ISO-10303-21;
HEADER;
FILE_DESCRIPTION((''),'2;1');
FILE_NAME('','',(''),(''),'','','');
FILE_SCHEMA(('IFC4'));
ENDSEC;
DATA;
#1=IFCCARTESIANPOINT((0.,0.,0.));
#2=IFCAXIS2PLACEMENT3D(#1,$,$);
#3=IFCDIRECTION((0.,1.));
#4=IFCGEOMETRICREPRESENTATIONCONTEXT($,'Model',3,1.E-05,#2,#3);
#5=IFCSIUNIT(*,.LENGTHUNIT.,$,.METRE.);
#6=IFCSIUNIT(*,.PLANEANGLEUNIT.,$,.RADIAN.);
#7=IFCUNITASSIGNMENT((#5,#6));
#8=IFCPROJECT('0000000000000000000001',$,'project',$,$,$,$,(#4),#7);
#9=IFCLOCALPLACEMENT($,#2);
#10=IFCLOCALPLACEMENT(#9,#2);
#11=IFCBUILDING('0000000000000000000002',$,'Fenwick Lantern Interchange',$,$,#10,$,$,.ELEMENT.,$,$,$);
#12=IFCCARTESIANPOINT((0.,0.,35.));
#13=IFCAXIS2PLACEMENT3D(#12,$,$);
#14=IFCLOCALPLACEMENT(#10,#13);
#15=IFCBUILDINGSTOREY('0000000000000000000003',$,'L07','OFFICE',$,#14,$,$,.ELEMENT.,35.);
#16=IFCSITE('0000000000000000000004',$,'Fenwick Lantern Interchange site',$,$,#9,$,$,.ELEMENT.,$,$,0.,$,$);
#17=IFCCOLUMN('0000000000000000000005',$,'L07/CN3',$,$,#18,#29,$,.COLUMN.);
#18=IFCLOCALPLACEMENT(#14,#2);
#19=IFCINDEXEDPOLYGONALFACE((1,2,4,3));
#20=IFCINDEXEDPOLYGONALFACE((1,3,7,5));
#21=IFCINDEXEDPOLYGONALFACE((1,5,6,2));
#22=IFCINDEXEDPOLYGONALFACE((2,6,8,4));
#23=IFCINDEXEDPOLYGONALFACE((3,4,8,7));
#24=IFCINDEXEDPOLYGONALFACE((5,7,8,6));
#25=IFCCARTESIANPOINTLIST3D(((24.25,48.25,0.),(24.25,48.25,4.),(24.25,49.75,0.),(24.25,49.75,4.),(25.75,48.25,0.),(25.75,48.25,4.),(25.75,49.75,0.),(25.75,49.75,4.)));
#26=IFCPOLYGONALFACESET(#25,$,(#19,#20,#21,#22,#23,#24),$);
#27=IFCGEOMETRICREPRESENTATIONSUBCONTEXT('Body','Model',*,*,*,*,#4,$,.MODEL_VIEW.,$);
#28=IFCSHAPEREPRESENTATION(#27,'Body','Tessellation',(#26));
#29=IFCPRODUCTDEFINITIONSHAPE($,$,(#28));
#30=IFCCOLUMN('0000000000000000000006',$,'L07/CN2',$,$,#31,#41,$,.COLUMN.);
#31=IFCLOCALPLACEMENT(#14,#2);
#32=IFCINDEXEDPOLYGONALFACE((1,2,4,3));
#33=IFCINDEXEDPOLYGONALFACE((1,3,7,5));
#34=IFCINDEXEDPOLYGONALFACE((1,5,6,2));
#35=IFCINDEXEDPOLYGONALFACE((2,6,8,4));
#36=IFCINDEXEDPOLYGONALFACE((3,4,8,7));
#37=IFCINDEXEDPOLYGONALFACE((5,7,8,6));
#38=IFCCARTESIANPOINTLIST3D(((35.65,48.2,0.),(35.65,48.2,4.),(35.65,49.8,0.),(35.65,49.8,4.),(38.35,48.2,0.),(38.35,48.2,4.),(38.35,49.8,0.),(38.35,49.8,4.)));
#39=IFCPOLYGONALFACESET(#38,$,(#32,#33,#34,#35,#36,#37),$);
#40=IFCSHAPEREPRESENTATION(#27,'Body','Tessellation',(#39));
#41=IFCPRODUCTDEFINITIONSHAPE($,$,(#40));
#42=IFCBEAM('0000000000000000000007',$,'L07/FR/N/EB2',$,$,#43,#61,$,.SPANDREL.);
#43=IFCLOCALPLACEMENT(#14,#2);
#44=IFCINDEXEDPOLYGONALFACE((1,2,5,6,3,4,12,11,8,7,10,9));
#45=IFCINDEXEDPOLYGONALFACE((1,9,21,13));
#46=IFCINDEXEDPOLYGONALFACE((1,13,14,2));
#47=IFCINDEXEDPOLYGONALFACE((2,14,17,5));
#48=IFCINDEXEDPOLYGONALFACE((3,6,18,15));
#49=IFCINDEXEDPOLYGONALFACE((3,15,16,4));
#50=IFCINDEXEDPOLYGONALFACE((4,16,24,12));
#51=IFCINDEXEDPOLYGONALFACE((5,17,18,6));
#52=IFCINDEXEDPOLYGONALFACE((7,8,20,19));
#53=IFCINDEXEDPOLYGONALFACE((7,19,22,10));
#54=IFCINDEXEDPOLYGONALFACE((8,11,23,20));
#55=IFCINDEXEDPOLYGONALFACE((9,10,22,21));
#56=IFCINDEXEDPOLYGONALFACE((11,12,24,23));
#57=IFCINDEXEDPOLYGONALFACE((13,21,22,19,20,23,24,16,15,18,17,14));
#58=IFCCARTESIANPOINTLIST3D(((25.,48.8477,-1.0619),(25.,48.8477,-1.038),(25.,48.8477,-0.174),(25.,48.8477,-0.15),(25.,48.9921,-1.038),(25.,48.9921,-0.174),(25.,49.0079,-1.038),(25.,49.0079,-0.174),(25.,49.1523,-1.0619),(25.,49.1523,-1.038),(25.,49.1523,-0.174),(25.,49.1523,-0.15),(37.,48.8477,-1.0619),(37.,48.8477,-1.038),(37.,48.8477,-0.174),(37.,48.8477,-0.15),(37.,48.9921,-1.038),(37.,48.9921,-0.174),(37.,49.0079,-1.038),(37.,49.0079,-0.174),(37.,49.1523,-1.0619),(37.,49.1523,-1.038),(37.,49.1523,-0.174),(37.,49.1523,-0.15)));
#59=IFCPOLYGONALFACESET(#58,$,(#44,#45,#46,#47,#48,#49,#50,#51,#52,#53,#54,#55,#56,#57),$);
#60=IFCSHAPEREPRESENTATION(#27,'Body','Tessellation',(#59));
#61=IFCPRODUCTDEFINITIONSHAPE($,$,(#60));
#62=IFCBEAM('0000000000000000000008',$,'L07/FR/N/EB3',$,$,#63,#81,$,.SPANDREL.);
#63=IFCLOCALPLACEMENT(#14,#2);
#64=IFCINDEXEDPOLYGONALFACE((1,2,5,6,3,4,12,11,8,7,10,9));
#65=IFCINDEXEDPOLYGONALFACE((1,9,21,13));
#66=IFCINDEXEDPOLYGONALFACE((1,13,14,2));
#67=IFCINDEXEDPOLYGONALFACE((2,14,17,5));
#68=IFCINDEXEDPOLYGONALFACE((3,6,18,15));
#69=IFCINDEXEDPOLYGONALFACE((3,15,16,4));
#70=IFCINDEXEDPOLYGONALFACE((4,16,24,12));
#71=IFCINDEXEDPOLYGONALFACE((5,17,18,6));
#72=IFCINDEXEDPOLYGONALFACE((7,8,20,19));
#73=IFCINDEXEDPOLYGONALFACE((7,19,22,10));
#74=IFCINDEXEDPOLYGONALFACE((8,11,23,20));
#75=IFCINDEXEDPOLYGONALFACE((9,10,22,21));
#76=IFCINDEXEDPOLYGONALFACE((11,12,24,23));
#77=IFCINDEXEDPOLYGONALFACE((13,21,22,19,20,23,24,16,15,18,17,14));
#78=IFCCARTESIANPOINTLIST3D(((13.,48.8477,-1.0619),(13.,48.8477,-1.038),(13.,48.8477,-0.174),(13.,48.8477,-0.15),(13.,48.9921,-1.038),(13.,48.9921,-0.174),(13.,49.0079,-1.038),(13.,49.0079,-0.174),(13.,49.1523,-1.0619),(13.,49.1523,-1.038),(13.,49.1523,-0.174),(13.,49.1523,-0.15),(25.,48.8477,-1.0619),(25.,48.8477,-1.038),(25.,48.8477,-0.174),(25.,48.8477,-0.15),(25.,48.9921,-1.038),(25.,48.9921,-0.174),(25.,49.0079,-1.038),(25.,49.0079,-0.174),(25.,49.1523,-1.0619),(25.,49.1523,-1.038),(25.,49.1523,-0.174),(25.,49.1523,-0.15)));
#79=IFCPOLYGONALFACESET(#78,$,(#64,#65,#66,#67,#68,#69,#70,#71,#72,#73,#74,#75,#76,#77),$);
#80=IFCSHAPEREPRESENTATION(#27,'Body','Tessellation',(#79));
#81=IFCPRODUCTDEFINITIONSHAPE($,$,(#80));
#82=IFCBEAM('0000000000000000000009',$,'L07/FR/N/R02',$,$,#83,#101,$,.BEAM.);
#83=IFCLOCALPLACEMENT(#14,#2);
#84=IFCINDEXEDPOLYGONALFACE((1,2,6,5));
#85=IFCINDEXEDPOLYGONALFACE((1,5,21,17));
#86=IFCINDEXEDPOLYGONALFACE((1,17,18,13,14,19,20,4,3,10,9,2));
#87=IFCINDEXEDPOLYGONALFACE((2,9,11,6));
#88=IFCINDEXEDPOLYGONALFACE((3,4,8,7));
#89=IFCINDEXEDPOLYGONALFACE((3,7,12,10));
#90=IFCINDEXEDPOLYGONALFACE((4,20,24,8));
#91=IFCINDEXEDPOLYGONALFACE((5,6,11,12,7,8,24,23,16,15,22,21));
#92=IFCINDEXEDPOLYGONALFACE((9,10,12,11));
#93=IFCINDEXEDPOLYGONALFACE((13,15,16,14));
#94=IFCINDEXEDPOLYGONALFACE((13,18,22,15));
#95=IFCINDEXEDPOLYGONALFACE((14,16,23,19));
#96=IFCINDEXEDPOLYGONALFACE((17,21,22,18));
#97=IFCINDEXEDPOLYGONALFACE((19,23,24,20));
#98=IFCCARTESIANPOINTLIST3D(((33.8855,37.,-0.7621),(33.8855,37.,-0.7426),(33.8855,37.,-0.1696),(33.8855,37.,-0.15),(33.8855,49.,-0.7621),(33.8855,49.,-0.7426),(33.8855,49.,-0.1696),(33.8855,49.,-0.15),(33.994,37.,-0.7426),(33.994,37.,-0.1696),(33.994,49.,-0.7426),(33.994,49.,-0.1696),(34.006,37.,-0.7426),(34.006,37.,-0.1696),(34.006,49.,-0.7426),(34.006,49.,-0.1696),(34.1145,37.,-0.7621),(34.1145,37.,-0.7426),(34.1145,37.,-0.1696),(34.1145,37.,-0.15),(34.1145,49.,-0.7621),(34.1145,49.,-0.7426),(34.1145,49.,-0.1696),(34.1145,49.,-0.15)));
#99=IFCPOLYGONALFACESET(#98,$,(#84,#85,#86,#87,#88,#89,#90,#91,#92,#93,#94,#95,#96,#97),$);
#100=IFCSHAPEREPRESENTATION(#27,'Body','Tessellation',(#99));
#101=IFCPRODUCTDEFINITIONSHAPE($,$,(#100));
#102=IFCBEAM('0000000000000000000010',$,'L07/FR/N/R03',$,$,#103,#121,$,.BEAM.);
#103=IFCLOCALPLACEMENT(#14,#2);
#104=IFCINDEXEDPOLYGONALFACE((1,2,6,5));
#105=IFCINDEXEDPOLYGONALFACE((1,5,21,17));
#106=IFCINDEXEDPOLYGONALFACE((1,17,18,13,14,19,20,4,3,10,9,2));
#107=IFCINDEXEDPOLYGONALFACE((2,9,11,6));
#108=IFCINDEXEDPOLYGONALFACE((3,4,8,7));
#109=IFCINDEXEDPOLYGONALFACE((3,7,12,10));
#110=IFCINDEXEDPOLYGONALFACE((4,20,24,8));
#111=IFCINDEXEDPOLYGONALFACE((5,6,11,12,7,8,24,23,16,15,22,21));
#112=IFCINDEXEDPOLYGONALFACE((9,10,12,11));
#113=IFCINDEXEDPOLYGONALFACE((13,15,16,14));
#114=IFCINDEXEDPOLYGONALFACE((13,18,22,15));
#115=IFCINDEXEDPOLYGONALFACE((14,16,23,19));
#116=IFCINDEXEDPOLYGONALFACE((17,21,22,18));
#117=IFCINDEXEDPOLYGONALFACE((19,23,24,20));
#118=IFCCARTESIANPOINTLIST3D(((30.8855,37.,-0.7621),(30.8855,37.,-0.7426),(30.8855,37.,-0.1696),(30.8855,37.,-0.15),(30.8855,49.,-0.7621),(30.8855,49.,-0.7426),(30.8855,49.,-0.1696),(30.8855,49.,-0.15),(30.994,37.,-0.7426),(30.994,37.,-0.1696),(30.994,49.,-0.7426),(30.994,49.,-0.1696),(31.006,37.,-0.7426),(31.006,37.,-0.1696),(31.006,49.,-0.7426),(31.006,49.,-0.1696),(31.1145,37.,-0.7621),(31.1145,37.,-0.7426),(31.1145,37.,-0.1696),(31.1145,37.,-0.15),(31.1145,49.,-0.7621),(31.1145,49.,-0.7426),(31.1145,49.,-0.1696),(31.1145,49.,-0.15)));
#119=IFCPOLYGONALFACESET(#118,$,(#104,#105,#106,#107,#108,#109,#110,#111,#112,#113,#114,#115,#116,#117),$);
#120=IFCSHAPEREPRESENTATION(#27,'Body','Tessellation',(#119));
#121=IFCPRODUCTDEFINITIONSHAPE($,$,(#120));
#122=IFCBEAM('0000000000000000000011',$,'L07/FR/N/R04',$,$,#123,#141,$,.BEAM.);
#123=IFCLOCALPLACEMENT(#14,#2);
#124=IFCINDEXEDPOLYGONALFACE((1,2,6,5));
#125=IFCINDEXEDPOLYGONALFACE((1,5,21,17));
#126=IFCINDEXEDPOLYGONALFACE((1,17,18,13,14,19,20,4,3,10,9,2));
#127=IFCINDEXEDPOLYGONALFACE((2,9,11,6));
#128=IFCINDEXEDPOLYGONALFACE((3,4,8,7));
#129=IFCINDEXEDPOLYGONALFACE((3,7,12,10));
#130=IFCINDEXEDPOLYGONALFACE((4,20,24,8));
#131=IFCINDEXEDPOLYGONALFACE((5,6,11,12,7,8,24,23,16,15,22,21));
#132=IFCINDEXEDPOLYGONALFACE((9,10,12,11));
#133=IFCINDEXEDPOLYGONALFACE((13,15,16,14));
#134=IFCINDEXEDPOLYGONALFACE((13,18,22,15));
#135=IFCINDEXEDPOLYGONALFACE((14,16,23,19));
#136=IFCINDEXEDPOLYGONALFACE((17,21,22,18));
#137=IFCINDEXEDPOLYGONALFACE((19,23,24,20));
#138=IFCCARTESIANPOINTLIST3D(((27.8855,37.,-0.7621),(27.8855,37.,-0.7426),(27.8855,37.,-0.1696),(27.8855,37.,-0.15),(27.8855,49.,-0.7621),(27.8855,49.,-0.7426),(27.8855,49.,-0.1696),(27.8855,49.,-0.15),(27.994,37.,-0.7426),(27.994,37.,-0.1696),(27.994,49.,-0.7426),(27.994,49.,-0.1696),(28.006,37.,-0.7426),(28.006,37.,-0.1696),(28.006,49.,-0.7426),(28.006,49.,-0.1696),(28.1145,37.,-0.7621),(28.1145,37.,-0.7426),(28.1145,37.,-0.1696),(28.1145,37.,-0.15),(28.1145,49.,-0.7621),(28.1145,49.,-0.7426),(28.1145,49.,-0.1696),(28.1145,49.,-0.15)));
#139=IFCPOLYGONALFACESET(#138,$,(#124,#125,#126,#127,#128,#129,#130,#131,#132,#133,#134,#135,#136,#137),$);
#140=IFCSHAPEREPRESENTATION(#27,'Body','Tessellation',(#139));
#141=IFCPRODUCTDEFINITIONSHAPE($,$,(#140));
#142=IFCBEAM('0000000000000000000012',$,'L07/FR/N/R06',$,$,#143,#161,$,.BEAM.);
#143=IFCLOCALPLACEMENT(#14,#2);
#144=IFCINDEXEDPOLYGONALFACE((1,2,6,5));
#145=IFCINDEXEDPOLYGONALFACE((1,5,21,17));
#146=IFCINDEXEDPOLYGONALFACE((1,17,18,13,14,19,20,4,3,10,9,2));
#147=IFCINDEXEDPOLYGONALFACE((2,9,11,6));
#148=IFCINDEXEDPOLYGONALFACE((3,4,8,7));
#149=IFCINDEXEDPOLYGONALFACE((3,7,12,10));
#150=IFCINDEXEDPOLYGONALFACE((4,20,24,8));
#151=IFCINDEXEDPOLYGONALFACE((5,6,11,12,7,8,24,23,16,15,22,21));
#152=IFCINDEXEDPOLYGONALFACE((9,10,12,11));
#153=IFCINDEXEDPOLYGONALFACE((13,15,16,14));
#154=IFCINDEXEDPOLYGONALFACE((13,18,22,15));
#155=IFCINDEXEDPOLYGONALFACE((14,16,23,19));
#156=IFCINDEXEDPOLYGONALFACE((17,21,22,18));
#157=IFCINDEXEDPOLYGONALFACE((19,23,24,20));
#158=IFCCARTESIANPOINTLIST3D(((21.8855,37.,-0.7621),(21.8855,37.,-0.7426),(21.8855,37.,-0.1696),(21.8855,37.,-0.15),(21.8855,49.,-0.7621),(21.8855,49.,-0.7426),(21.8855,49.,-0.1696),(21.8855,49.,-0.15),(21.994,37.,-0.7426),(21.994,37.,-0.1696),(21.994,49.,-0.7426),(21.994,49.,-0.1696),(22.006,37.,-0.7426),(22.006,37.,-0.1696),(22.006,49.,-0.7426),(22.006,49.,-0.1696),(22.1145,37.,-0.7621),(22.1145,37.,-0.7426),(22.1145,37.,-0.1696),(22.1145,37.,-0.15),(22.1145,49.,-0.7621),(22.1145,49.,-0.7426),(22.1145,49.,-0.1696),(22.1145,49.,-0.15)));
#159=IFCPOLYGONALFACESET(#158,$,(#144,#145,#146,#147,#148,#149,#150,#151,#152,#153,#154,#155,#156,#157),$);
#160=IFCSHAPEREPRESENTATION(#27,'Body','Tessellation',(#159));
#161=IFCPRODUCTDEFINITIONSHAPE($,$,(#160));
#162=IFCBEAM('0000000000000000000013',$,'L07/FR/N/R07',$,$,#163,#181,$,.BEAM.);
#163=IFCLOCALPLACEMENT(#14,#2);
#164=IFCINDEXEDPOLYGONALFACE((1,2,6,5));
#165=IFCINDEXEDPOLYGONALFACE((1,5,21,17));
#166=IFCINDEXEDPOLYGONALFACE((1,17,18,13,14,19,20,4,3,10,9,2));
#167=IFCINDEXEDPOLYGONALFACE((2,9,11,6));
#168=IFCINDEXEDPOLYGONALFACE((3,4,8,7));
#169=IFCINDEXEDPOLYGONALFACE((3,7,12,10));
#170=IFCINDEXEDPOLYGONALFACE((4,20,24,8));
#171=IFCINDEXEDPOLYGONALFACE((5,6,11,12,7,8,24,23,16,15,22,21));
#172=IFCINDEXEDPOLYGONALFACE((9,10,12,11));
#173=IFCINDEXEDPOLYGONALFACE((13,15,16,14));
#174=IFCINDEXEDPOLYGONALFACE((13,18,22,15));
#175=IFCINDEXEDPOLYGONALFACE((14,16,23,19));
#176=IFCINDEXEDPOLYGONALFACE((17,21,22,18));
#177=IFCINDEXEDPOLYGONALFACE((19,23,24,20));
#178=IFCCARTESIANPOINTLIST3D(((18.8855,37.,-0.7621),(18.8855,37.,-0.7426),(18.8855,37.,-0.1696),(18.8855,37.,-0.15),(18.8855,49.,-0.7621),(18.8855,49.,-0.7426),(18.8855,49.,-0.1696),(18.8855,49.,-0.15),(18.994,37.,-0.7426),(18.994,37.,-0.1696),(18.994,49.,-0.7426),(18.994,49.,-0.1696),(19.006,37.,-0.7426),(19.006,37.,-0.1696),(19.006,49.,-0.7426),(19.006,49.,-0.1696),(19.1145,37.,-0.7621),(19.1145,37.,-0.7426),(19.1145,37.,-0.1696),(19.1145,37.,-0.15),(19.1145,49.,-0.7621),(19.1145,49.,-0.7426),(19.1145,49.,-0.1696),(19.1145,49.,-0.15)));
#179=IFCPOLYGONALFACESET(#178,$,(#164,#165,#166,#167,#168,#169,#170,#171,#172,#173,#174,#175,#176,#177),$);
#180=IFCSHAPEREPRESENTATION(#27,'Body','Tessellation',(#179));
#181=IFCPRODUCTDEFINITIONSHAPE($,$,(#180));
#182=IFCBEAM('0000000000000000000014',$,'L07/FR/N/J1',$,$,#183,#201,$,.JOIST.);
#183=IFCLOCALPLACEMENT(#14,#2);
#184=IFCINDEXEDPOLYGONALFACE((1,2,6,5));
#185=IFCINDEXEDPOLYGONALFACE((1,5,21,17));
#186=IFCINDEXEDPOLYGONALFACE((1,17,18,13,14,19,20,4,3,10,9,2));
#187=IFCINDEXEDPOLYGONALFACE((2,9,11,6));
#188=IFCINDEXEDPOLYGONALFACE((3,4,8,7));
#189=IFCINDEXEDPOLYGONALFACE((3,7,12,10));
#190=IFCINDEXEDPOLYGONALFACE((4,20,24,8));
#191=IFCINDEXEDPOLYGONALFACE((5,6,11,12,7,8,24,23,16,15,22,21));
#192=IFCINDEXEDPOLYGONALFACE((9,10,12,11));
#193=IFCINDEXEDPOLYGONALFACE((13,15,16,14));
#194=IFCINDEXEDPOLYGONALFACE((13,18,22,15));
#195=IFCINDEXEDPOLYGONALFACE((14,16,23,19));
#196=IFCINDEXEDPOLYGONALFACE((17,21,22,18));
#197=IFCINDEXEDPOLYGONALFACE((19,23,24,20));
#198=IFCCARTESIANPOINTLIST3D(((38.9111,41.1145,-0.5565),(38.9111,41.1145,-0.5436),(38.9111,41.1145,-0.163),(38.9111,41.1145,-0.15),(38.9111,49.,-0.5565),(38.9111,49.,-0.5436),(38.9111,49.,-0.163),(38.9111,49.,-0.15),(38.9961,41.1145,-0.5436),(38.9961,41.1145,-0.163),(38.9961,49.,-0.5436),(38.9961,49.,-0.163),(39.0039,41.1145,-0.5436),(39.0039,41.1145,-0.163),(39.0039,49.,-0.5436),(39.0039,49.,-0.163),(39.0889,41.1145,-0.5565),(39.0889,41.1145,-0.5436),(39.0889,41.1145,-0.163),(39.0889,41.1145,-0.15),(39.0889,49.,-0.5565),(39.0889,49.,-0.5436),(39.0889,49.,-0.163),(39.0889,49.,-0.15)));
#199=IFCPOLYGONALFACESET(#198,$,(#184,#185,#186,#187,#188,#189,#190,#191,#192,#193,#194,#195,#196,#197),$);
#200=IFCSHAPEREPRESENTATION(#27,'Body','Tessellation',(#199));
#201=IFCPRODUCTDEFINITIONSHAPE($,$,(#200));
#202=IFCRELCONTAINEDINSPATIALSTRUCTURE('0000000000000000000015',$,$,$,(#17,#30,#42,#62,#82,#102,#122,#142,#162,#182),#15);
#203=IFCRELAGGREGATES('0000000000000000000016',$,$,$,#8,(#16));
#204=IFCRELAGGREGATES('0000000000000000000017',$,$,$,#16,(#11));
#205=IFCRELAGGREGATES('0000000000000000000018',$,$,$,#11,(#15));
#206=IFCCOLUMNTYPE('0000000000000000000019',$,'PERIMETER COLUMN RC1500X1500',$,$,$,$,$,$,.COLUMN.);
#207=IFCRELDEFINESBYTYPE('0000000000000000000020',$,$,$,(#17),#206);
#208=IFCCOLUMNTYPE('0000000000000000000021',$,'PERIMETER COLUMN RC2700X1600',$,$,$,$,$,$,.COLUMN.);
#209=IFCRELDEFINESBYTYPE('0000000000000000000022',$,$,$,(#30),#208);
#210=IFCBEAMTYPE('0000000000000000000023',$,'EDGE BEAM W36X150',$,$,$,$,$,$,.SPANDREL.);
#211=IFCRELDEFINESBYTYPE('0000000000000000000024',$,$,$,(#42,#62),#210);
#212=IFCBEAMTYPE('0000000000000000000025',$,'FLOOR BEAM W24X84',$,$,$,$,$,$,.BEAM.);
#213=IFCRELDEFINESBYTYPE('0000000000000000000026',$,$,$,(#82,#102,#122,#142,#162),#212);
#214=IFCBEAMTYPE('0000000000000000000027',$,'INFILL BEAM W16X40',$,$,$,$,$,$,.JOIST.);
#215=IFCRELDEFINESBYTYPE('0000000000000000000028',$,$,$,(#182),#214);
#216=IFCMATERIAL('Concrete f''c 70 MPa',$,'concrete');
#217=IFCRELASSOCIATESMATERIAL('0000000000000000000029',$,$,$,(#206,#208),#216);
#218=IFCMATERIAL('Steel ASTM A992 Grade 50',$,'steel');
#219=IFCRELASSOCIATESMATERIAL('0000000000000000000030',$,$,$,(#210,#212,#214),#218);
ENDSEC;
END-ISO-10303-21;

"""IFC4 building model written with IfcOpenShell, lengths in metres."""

from ifc_helpers import new_model, si_unit, direction, frame, origin, origin_2d, place, context, subcontext, project, spatial, rectangle, i_section, extrude, material, material_profile, profile_set, type_object, element, save


model = new_model("IFC4")

# Units and contexts
model_context = context("Model", 3, precision=1e-05, world=origin(), true_north=direction((0.0, 1.0)))
body_context = subcontext(model_context, "Body", "Model", "MODEL_VIEW")
ifc_project = project(units=[si_unit("LENGTHUNIT", "METRE"), si_unit("PLANEANGLEUNIT", "RADIAN")], contexts=[model_context])

# Site, building, storey
site_placement = place(None, origin())
site = spatial("IfcSite", under=ifc_project, at=site_placement, Name="Fenwick Lantern Interchange site", CompositionType="ELEMENT", RefElevation=0.0)
building_placement = place(site_placement, origin())
building = spatial("IfcBuilding", under=site, at=building_placement, Name="Fenwick Lantern Interchange", CompositionType="ELEMENT")
storey_placement = place(building_placement, frame((0.0, 0.0, 35.0)))
storey = spatial("IfcBuildingStorey", under=building, at=storey_placement, Name="L07", Description="OFFICE", CompositionType="ELEMENT", Elevation=35.0)

# Columns
ifc_material_1 = material(Name="Concrete f'c 70 MPa", Category="concrete")
ifc_material_profile_1 = material_profile(ifc_material_1, rectangle(XDim=1.5, YDim=1.5, at=origin_2d()), Name="RC1500X1500")
ifc_profile_set_1 = profile_set([ifc_material_profile_1], Name="Concrete f'c 70 MPa")
column_type_1 = type_object("IfcColumnType", Name="PERIMETER COLUMN RC1500X1500", PredefinedType="COLUMN", material=ifc_profile_set_1)
column_1_placement = place(storey_placement, frame((25.0, 49.0, 0.0), z_axis=(0.0, 0.0, 1.0), x_axis=(1.0, 0.0, 0.0)))
element("IfcColumn", 1, at=column_1_placement, inside=storey, type_object=column_type_1, Name="L07/CN3", PredefinedType="COLUMN", context=body_context, shape_type="SweptSolid", body=[
    extrude(rectangle(XDim=1.5, YDim=1.5, at=origin_2d()), origin(), (0.0, 0.0, 1.0), 4.0),
])
ifc_material_profile_2 = material_profile(ifc_material_1, rectangle(XDim=2.7, YDim=1.6001, at=origin_2d()), Name="RC2700X1600")
ifc_profile_set_2 = profile_set([ifc_material_profile_2], Name="Concrete f'c 70 MPa")
column_type_2 = type_object("IfcColumnType", Name="PERIMETER COLUMN RC2700X1600", PredefinedType="COLUMN", material=ifc_profile_set_2)
column_2_placement = place(storey_placement, frame((37.0, 49.0, 0.0), z_axis=(0.0, 0.0, 1.0), x_axis=(1.0, 0.0, 0.0)))
element("IfcColumn", 2, at=column_2_placement, inside=storey, type_object=column_type_2, Name="L07/CN2", PredefinedType="COLUMN", context=body_context, shape_type="SweptSolid", body=[
    extrude(rectangle(XDim=2.7, YDim=1.6001, at=origin_2d()), origin(), (0.0, 0.0, 1.0), 4.0),
])

# Beams
ifc_material_2 = material(Name="Steel ASTM A992 Grade 50", Category="steel")
ifc_material_profile_3 = material_profile(ifc_material_2, i_section(OverallWidth=0.3047, OverallDepth=0.9119, WebThickness=0.0159, FlangeThickness=0.0239, at=origin_2d()), Name="W36X150")
ifc_profile_set_3 = profile_set([ifc_material_profile_3], Name="Steel ASTM A992 Grade 50")
beam_type_1 = type_object("IfcBeamType", Name="EDGE BEAM W36X150", PredefinedType="SPANDREL", material=ifc_profile_set_3)
for number, where, z_axis, x_axis, name in (
    (3, (37.0, 49.0, -0.606), (-1.0, 0.0, 0.0), (0.0, -1.0, 0.0), "L07/FR/N/EB2"),
    (4, (25.0, 49.0, -0.606), (-1.0, 0.0, 0.0), (0.0, -1.0, 0.0), "L07/FR/N/EB3"),
):
    element("IfcBeam", number, at=place(storey_placement, frame(where, z_axis=z_axis, x_axis=x_axis)), inside=storey, type_object=beam_type_1, Name=name, PredefinedType="SPANDREL", context=body_context, shape_type="SweptSolid", body=[
        extrude(i_section(OverallWidth=0.3047, OverallDepth=0.9119, WebThickness=0.0159, FlangeThickness=0.0239, at=origin_2d()), origin(), (0.0, 0.0, 1.0), 12.0),
    ])
ifc_material_profile_4 = material_profile(ifc_material_2, i_section(OverallWidth=0.229, OverallDepth=0.6121, WebThickness=0.012, FlangeThickness=0.0195, at=origin_2d()), Name="W24X84")
ifc_profile_set_4 = profile_set([ifc_material_profile_4], Name="Steel ASTM A992 Grade 50")
beam_type_2 = type_object("IfcBeamType", Name="FLOOR BEAM W24X84", PredefinedType="BEAM", material=ifc_profile_set_4)
for number, where, z_axis, x_axis, name in (
    (5, (34.0, 49.0, -0.4561), (0.0, -1.0, 0.0), (1.0, 0.0, 0.0), "L07/FR/N/R02"),
    (6, (31.0, 49.0, -0.4561), (0.0, -1.0, 0.0), (1.0, 0.0, 0.0), "L07/FR/N/R03"),
    (7, (28.0, 49.0, -0.4561), (0.0, -1.0, 0.0), (1.0, 0.0, 0.0), "L07/FR/N/R04"),
    (8, (22.0, 49.0, -0.4561), (0.0, -1.0, 0.0), (1.0, 0.0, 0.0), "L07/FR/N/R06"),
    (9, (19.0, 49.0, -0.4561), (0.0, -1.0, 0.0), (1.0, 0.0, 0.0), "L07/FR/N/R07"),
):
    element("IfcBeam", number, at=place(storey_placement, frame(where, z_axis=z_axis, x_axis=x_axis)), inside=storey, type_object=beam_type_2, Name=name, PredefinedType="BEAM", context=body_context, shape_type="SweptSolid", body=[
        extrude(i_section(OverallWidth=0.229, OverallDepth=0.6121, WebThickness=0.012, FlangeThickness=0.0195, at=origin_2d()), origin(), (0.0, 0.0, 1.0), 12.0),
    ])
ifc_material_profile_5 = material_profile(ifc_material_2, i_section(OverallWidth=0.1777, OverallDepth=0.4065, WebThickness=0.0078, FlangeThickness=0.0129, at=origin_2d()), Name="W16X40")
ifc_profile_set_5 = profile_set([ifc_material_profile_5], Name="Steel ASTM A992 Grade 50")
beam_type_3 = type_object("IfcBeamType", Name="INFILL BEAM W16X40", PredefinedType="JOIST", material=ifc_profile_set_5)
beam_1_placement = place(storey_placement, frame((39.0, 49.0, -0.3533), z_axis=(0.0, -1.0, 0.0), x_axis=(1.0, 0.0, 0.0)))
element("IfcBeam", 10, at=beam_1_placement, inside=storey, type_object=beam_type_3, Name="L07/FR/N/J1", PredefinedType="JOIST", context=body_context, shape_type="SweptSolid", body=[
    extrude(i_section(OverallWidth=0.1777, OverallDepth=0.4065, WebThickness=0.0078, FlangeThickness=0.0129, at=origin_2d()), origin(), (0.0, 0.0, 1.0), 7.8855),
])

save(model, "model.ifc")
